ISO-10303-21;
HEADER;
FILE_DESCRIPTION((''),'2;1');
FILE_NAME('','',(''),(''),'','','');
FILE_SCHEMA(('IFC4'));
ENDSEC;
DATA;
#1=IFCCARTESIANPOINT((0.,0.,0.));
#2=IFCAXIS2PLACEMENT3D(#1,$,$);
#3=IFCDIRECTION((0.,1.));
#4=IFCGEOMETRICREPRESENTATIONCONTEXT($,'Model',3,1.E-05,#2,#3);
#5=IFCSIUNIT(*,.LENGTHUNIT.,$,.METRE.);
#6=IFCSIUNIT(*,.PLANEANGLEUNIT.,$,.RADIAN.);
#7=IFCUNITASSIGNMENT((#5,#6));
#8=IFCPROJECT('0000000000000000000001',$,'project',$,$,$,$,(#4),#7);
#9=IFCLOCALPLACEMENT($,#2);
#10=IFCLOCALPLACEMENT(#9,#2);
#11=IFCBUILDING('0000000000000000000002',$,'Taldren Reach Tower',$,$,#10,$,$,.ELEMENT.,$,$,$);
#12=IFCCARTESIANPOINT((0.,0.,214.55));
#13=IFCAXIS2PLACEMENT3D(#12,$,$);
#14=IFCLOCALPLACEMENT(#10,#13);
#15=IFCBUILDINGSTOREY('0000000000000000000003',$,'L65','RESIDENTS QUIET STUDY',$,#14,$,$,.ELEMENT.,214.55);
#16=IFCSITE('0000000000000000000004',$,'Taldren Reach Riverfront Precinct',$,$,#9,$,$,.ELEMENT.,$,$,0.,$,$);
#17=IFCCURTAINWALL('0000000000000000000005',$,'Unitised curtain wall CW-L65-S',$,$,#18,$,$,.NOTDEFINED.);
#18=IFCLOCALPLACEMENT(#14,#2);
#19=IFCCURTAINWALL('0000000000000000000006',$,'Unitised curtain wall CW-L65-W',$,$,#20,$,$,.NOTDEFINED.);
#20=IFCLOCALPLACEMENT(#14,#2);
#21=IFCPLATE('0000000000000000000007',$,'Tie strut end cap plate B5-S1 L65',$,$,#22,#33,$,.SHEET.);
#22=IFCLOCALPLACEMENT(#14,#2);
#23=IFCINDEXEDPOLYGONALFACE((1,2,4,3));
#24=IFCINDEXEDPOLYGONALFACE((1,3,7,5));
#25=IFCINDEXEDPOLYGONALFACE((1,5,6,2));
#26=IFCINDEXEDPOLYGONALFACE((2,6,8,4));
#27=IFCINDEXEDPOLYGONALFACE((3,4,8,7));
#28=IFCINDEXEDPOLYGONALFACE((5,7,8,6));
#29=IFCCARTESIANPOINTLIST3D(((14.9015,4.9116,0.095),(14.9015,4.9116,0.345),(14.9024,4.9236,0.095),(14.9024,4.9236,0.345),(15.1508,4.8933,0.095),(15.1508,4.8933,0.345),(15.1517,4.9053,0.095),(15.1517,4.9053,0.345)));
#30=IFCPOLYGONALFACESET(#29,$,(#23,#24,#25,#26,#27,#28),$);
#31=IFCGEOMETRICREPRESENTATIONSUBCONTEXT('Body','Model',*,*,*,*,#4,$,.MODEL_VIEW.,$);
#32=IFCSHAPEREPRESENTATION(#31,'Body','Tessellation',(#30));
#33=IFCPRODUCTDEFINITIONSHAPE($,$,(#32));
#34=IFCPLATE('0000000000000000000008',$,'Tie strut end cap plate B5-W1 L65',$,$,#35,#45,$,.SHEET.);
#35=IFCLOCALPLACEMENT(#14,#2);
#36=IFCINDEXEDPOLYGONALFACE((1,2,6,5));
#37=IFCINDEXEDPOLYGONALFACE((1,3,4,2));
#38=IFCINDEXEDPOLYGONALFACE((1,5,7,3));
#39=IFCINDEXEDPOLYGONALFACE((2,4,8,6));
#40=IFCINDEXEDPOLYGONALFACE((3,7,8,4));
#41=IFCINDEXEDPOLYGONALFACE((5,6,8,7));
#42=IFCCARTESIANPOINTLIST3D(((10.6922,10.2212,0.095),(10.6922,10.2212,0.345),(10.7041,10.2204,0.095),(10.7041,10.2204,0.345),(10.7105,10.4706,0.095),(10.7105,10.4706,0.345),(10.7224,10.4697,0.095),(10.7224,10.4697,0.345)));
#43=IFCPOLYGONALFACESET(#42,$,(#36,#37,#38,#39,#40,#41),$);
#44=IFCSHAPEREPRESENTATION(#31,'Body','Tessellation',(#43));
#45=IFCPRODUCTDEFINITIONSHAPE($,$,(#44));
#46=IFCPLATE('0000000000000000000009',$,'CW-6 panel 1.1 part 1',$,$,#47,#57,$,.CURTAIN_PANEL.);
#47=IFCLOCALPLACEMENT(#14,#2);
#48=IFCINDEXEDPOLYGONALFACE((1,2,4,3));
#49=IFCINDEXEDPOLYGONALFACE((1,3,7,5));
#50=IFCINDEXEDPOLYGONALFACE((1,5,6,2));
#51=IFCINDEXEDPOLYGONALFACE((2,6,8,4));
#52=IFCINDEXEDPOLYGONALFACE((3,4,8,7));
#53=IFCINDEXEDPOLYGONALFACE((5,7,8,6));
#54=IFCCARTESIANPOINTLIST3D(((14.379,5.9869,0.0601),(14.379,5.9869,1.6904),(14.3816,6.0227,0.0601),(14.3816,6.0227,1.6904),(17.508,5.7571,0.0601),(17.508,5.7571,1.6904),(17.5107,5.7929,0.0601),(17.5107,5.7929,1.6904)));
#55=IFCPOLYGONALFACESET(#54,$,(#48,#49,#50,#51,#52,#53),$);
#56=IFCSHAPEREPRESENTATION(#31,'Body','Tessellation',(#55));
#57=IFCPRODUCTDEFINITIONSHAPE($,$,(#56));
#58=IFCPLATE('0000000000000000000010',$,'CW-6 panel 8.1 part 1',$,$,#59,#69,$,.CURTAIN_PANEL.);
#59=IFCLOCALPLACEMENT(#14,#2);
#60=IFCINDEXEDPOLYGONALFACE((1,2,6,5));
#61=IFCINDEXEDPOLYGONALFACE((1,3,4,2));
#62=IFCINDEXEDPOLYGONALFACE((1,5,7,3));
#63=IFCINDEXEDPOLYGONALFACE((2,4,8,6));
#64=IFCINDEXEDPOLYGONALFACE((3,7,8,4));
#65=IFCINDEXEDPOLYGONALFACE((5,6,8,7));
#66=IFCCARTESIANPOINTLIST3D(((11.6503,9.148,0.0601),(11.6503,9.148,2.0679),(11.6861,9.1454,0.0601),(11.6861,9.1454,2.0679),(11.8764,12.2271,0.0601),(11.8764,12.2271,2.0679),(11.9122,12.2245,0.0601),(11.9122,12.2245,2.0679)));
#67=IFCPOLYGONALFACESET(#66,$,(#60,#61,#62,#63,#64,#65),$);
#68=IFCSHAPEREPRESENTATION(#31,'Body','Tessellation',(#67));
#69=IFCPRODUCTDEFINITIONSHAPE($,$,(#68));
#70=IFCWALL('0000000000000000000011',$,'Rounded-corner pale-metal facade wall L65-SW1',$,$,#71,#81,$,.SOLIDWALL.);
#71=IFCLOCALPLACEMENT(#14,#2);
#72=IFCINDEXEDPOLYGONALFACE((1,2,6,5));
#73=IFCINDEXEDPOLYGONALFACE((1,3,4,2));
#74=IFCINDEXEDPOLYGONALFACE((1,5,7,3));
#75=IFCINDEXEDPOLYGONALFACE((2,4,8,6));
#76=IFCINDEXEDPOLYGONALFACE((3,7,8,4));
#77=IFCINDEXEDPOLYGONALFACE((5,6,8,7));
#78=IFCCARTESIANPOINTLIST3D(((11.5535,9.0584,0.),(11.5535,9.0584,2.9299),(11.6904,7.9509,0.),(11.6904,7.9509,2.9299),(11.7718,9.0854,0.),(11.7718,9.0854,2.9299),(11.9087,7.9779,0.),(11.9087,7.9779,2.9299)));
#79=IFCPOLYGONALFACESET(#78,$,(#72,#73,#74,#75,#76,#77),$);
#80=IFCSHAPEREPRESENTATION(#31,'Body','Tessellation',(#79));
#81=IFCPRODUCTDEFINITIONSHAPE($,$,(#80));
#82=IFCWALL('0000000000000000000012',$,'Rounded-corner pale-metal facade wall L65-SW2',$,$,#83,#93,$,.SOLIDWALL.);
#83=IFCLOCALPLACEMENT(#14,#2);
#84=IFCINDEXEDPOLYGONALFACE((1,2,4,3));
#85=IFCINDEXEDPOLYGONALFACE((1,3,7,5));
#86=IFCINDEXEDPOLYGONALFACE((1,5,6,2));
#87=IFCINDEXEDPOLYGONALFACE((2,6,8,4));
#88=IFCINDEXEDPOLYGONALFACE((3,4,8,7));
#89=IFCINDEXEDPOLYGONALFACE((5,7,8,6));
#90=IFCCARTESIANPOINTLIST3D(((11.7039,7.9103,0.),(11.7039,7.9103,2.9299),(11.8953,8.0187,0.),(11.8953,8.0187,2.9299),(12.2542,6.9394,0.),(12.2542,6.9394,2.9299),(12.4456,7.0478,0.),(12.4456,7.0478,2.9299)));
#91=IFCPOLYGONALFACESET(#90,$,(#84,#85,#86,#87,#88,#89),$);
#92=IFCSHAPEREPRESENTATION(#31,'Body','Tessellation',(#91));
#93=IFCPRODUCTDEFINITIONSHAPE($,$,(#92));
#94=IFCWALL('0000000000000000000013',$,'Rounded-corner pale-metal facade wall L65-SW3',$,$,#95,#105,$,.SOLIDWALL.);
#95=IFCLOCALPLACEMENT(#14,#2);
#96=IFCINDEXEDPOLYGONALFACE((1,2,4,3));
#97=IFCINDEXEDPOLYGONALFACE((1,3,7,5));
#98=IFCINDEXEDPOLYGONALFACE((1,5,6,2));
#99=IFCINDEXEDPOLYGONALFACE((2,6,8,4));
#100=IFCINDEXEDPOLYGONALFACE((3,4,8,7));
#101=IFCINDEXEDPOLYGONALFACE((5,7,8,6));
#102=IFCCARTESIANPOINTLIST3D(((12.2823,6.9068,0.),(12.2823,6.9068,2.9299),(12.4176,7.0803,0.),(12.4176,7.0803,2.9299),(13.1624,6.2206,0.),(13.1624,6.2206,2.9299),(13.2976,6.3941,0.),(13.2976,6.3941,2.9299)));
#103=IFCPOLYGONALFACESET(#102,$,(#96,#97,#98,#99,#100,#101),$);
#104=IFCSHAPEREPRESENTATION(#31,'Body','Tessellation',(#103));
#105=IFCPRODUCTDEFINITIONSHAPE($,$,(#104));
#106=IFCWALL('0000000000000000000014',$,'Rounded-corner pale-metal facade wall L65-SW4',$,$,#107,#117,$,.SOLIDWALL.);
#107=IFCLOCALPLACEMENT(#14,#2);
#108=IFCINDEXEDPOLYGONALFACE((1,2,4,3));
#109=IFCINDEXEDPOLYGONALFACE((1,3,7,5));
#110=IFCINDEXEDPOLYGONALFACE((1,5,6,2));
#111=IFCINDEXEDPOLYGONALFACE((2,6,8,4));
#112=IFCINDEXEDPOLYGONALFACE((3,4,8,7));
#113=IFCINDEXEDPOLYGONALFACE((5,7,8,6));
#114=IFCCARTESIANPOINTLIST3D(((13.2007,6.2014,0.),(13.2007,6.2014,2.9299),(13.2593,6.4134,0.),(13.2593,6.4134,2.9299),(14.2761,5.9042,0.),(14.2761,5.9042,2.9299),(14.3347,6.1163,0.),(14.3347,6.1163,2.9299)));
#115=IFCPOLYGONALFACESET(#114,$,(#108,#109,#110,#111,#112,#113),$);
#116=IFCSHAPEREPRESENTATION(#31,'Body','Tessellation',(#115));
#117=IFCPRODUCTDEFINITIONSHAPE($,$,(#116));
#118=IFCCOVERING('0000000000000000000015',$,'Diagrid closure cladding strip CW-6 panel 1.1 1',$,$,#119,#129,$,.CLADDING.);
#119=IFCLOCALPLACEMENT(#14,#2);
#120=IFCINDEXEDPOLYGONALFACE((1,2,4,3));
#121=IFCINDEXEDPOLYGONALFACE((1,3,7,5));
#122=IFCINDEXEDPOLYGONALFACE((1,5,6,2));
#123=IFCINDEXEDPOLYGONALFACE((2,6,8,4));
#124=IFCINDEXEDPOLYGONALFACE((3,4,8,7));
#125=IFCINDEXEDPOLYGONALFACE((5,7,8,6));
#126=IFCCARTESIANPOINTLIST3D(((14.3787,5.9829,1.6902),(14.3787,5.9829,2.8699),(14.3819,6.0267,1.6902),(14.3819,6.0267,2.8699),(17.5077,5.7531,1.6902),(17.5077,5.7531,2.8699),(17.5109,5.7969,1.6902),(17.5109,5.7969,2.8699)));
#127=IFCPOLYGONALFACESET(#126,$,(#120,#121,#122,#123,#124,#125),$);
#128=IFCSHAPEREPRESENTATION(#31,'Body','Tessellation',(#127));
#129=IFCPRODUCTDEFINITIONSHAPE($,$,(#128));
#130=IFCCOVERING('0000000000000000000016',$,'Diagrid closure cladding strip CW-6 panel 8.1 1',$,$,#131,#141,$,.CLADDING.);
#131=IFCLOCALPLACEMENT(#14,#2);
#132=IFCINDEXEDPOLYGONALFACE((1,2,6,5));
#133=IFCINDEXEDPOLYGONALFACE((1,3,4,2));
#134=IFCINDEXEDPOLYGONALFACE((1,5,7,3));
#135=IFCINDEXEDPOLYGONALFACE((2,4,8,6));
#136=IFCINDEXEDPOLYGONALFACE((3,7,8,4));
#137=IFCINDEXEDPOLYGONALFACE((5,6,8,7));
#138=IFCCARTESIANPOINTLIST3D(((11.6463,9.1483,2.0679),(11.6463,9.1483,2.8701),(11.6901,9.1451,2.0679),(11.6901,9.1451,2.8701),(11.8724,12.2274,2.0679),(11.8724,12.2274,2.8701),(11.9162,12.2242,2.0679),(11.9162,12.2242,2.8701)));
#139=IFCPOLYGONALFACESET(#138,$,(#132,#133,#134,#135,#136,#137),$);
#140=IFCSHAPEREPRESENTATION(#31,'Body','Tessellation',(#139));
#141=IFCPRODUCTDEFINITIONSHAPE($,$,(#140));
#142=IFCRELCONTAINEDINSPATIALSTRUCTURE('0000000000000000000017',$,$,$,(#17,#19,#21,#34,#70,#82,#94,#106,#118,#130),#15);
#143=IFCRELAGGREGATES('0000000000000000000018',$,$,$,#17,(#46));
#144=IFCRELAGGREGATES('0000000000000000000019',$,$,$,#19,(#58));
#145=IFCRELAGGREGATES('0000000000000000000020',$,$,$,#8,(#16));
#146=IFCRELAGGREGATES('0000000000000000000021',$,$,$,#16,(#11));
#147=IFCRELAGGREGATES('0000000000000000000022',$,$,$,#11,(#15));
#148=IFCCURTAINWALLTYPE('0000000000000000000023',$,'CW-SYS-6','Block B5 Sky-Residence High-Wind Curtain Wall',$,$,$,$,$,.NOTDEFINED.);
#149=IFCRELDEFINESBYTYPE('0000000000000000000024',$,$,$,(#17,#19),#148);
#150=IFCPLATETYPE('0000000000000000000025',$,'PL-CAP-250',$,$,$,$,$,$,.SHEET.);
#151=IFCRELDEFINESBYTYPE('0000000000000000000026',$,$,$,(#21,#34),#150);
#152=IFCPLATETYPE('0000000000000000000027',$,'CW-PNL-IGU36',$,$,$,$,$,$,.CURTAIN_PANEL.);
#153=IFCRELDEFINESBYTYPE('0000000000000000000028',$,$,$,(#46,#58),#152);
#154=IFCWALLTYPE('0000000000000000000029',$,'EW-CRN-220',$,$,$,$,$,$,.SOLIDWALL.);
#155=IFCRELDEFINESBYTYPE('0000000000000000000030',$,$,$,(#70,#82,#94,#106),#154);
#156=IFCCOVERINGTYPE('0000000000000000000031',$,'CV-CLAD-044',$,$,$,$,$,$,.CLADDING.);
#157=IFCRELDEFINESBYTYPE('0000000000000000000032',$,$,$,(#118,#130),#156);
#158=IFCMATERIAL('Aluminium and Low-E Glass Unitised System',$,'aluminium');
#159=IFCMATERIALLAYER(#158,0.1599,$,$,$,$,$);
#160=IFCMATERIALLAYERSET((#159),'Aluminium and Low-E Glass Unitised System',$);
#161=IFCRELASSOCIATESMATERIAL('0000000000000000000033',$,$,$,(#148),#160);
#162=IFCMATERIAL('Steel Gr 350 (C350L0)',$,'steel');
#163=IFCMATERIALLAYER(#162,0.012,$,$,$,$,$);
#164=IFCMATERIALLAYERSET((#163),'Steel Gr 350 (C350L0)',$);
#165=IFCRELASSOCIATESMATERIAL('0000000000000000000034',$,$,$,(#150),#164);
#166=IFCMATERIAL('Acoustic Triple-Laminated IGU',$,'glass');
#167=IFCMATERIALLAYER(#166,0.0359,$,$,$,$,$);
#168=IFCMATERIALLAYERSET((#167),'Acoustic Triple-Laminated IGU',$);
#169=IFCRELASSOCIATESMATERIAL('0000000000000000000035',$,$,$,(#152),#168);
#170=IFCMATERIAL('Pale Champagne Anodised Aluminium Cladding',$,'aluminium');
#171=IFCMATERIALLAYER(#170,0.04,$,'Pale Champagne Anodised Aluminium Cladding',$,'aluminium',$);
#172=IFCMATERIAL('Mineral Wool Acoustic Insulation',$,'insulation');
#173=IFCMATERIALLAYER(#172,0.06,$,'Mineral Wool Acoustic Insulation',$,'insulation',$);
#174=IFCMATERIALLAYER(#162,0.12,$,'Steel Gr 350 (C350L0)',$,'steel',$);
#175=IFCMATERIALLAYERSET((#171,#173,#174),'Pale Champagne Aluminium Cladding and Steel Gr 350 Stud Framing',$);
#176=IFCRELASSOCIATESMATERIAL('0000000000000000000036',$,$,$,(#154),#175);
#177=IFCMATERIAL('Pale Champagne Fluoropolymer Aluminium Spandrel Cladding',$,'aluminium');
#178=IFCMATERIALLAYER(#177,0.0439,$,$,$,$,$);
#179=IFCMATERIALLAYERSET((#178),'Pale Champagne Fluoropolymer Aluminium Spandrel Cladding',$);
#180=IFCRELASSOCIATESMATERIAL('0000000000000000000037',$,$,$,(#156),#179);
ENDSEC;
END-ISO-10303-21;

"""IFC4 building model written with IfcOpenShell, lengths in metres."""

from ifc_helpers import new_model, si_unit, direction, frame, frame_2d, origin, origin_2d, place, context, subcontext, project, spatial, rectangle, extrude, source, transform, mapped, material, layer, layer_set, type_object, element, aggregate, save


model = new_model("IFC4")

# Units and contexts
model_context = context("Model", 3, precision=1e-05, world=origin(), true_north=direction((0.0, 1.0)))
body_context = subcontext(model_context, "Body", "Model", "MODEL_VIEW")
ifc_project = project(units=[si_unit("LENGTHUNIT", "METRE"), si_unit("PLANEANGLEUNIT", "RADIAN")], contexts=[model_context])

# Site, building, storey
site_placement = place(None, origin())
site = spatial("IfcSite", under=ifc_project, at=site_placement, Name="Taldren Reach Riverfront Precinct", CompositionType="ELEMENT", RefElevation=0.0)
building_placement = place(site_placement, origin())
building = spatial("IfcBuilding", under=site, at=building_placement, Name="Taldren Reach Tower", CompositionType="ELEMENT")
storey_placement = place(building_placement, frame((0.0, 0.0, 214.55)))
storey = spatial("IfcBuildingStorey", under=building, at=storey_placement, Name="L65", Description="RESIDENTS QUIET STUDY", CompositionType="ELEMENT", Elevation=214.55)

# Shared definitions
ifc_material_1 = material(Name="Steel Gr 350 (C350L0)", Category="steel")

# Curtain wall
ifc_material_2 = material(Name="Aluminium and Low-E Glass Unitised System", Category="aluminium")
ifc_layer_1 = layer(ifc_material_2, 0.1599)
ifc_layer_set_1 = layer_set([ifc_layer_1], Name="Aluminium and Low-E Glass Unitised System")
curtain_wall_type = type_object("IfcCurtainWallType", Name="CW-SYS-6", Description="Block B5 Sky-Residence High-Wind Curtain Wall", PredefinedType="NOTDEFINED", material=ifc_layer_set_1)
curtain_wall_1_placement = place(storey_placement, origin())
curtain_wall_1 = element("IfcCurtainWall", 1, at=curtain_wall_1_placement, inside=storey, type_object=curtain_wall_type, Name="Unitised curtain wall CW-L65-S", PredefinedType="NOTDEFINED")

# Curtain wall
curtain_wall_2_placement = place(storey_placement, origin())
curtain_wall_2 = element("IfcCurtainWall", 2, at=curtain_wall_2_placement, inside=storey, type_object=curtain_wall_type, Name="Unitised curtain wall CW-L65-W", PredefinedType="NOTDEFINED")

# Plates
ifc_layer_2 = layer(ifc_material_1, 0.012)
ifc_layer_set_2 = layer_set([ifc_layer_2], Name="Steel Gr 350 (C350L0)")
plate_type_1 = type_object("IfcPlateType", Name="PL-CAP-250", PredefinedType="SHEET", material=ifc_layer_set_2)
shared_shape_1 = source(origin(), body_context, "Body", "SweptSolid", [
    extrude(rectangle(XDim=0.25, YDim=0.012, at=origin_2d()), origin(), (0.0, 0.0, 1.0), 0.25),
])
plate_1_placement = place(storey_placement, frame((15.0266, 4.9084, 0.095), z_axis=(0.0, 0.0, 1.0), x_axis=(0.997314, -0.073238, 0.0)))
element("IfcPlate", 3, at=plate_1_placement, inside=storey, type_object=plate_type_1, Name="Tie strut end cap plate B5-S1 L65", PredefinedType="SHEET", context=body_context, shape_type="MappedRepresentation", body=[
    mapped(shared_shape_1, transform((0.0, 0.0, 0.0), scale=1.0)),
])
shared_shape_2 = source(origin(), body_context, "Body", "SweptSolid", [
    extrude(rectangle(XDim=0.012, YDim=0.25, at=origin_2d()), origin(), (0.0, 0.0, 1.0), 0.25),
])
plate_2_placement = place(storey_placement, frame((10.7073, 10.3455, 0.095), z_axis=(0.0, 0.0, 1.0), x_axis=(0.997314, -0.073238, 0.0)))
element("IfcPlate", 4, at=plate_2_placement, inside=storey, type_object=plate_type_1, Name="Tie strut end cap plate B5-W1 L65", PredefinedType="SHEET", context=body_context, shape_type="MappedRepresentation", body=[
    mapped(shared_shape_2, transform((0.0, 0.0, 0.0), scale=1.0)),
])

# Plates
ifc_material_3 = material(Name="Acoustic Triple-Laminated IGU", Category="glass")
ifc_layer_3 = layer(ifc_material_3, 0.0359)
ifc_layer_set_3 = layer_set([ifc_layer_3], Name="Acoustic Triple-Laminated IGU")
plate_type_2 = type_object("IfcPlateType", Name="CW-PNL-IGU36", PredefinedType="CURTAIN_PANEL", material=ifc_layer_set_3)
shared_shape_3 = source(origin(), body_context, "Body", "SweptSolid", [
    extrude(rectangle(XDim=3.1375, YDim=0.0359, at=origin_2d()), origin(), (0.0, 0.0, 1.0), 1.6304),
])
plate_3_placement = place(storey_placement, frame((15.9448, 5.8899, 0.0601), z_axis=(0.0, 0.0, 1.0), x_axis=(0.997314, -0.073238, 0.0)))
plate_3 = element("IfcPlate", 5, at=plate_3_placement, type_object=plate_type_2, Name="CW-6 panel 1.1 part 1", PredefinedType="CURTAIN_PANEL", context=body_context, shape_type="MappedRepresentation", body=[
    mapped(shared_shape_3, transform((0.0, 0.0, 0.0), scale=1.0)),
])
aggregate(curtain_wall_1, [plate_3])
shared_shape_4 = source(origin(), body_context, "Body", "SweptSolid", [
    extrude(rectangle(XDim=3.0874, YDim=0.0359, at=origin_2d()), origin(), (0.0, 0.0, 1.0), 2.0078),
])
plate_4_placement = place(storey_placement, frame((11.7812, 10.6863, 0.0601), z_axis=(0.0, 0.0, 1.0), x_axis=(-0.073238, -0.997314, 0.0)))
plate_4 = element("IfcPlate", 6, at=plate_4_placement, type_object=plate_type_2, Name="CW-6 panel 8.1 part 1", PredefinedType="CURTAIN_PANEL", context=body_context, shape_type="MappedRepresentation", body=[
    mapped(shared_shape_4, transform((0.0, 0.0, 0.0), scale=1.0)),
])
aggregate(curtain_wall_2, [plate_4])

# Walls
ifc_material_4 = material(Name="Pale Champagne Anodised Aluminium Cladding", Category="aluminium")
ifc_layer_4 = layer(ifc_material_4, 0.04, Name="Pale Champagne Anodised Aluminium Cladding", Category="aluminium")
ifc_material_5 = material(Name="Mineral Wool Acoustic Insulation", Category="insulation")
ifc_layer_5 = layer(ifc_material_5, 0.06, Name="Mineral Wool Acoustic Insulation", Category="insulation")
ifc_layer_6 = layer(ifc_material_1, 0.12, Name="Steel Gr 350 (C350L0)", Category="steel")
ifc_layer_set_4 = layer_set([ifc_layer_4, ifc_layer_5, ifc_layer_6], Name="Pale Champagne Aluminium Cladding and Steel Gr 350 Stud Framing")
wall_type = type_object("IfcWallType", Name="EW-CRN-220", PredefinedType="SOLIDWALL", material=ifc_layer_set_4)
shared_shape_5 = source(origin(), body_context, "Body", "SweptSolid", [
    extrude(rectangle(XDim=1.116, YDim=0.22, at=frame_2d((0.5581, 0.0))), origin(), (0.0, 0.0, 1.0), 2.9299),
])
for number, where, z_axis, x_axis, name in (
    (7, (11.6626, 9.072, 0.0), (0.0, 0.0, 1.0), (0.122742, -0.992439, 0.0), "Rounded-corner pale-metal facade wall L65-SW1"),
    (8, (11.7996, 7.9646, 0.0), (0.0, 0.0, 1.0), (0.493073, -0.869988, 0.0), "Rounded-corner pale-metal facade wall L65-SW2"),
    (9, (12.3499, 6.9937, 0.0), (0.0, 0.0, 1.0), (0.788598, -0.614909, 0.0), "Rounded-corner pale-metal facade wall L65-SW3"),
):
    element("IfcWall", number, at=place(storey_placement, frame(where, z_axis=z_axis, x_axis=x_axis)), inside=storey, type_object=wall_type, Name=name, PredefinedType="SOLIDWALL", context=body_context, shape_type="MappedRepresentation", body=[
        mapped(shared_shape_5, transform((0.0, 0.0, 0.0), scale=1.0)),
    ])
shared_shape_6 = source(origin(), body_context, "Body", "SweptSolid", [
    extrude(rectangle(XDim=1.1157, YDim=0.22, at=frame_2d((0.5579, 0.0))), origin(), (0.0, 0.0, 1.0), 2.9299),
])
wall_placement = place(storey_placement, frame((13.23, 6.3074, 0.0), z_axis=(0.0, 0.0, 1.0), x_axis=(0.96389, -0.266301, 0.0)))
element("IfcWall", 10, at=wall_placement, inside=storey, type_object=wall_type, Name="Rounded-corner pale-metal facade wall L65-SW4", PredefinedType="SOLIDWALL", context=body_context, shape_type="MappedRepresentation", body=[
    mapped(shared_shape_6, transform((0.0, 0.0, 0.0), scale=1.0)),
])

# Coverings
ifc_material_6 = material(Name="Pale Champagne Fluoropolymer Aluminium Spandrel Cladding", Category="aluminium")
ifc_layer_7 = layer(ifc_material_6, 0.0439)
ifc_layer_set_5 = layer_set([ifc_layer_7], Name="Pale Champagne Fluoropolymer Aluminium Spandrel Cladding")
covering_type = type_object("IfcCoveringType", Name="CV-CLAD-044", PredefinedType="CLADDING", material=ifc_layer_set_5)
shared_shape_7 = source(origin(), body_context, "Body", "SweptSolid", [
    extrude(rectangle(XDim=3.1375, YDim=0.0439, at=origin_2d()), origin(), (0.0, 0.0, 1.0), 1.1797),
])
covering_1_placement = place(storey_placement, frame((15.9448, 5.8899, 1.6902), z_axis=(0.0, 0.0, 1.0), x_axis=(0.997314, -0.073238, 0.0)))
element("IfcCovering", 11, at=covering_1_placement, inside=storey, type_object=covering_type, Name="Diagrid closure cladding strip CW-6 panel 1.1 1", PredefinedType="CLADDING", context=body_context, shape_type="MappedRepresentation", body=[
    mapped(shared_shape_7, transform((0.0, 0.0, 0.0), scale=1.0)),
])
shared_shape_8 = source(origin(), body_context, "Body", "SweptSolid", [
    extrude(rectangle(XDim=3.0874, YDim=0.0439, at=origin_2d()), origin(), (0.0, 0.0, 1.0), 0.8022),
])
covering_2_placement = place(storey_placement, frame((11.7812, 10.6863, 2.0679), z_axis=(0.0, 0.0, 1.0), x_axis=(-0.073238, -0.997314, 0.0)))
element("IfcCovering", 12, at=covering_2_placement, inside=storey, type_object=covering_type, Name="Diagrid closure cladding strip CW-6 panel 8.1 1", PredefinedType="CLADDING", context=body_context, shape_type="MappedRepresentation", body=[
    mapped(shared_shape_8, transform((0.0, 0.0, 0.0), scale=1.0)),
])

save(model, "model.ifc")
